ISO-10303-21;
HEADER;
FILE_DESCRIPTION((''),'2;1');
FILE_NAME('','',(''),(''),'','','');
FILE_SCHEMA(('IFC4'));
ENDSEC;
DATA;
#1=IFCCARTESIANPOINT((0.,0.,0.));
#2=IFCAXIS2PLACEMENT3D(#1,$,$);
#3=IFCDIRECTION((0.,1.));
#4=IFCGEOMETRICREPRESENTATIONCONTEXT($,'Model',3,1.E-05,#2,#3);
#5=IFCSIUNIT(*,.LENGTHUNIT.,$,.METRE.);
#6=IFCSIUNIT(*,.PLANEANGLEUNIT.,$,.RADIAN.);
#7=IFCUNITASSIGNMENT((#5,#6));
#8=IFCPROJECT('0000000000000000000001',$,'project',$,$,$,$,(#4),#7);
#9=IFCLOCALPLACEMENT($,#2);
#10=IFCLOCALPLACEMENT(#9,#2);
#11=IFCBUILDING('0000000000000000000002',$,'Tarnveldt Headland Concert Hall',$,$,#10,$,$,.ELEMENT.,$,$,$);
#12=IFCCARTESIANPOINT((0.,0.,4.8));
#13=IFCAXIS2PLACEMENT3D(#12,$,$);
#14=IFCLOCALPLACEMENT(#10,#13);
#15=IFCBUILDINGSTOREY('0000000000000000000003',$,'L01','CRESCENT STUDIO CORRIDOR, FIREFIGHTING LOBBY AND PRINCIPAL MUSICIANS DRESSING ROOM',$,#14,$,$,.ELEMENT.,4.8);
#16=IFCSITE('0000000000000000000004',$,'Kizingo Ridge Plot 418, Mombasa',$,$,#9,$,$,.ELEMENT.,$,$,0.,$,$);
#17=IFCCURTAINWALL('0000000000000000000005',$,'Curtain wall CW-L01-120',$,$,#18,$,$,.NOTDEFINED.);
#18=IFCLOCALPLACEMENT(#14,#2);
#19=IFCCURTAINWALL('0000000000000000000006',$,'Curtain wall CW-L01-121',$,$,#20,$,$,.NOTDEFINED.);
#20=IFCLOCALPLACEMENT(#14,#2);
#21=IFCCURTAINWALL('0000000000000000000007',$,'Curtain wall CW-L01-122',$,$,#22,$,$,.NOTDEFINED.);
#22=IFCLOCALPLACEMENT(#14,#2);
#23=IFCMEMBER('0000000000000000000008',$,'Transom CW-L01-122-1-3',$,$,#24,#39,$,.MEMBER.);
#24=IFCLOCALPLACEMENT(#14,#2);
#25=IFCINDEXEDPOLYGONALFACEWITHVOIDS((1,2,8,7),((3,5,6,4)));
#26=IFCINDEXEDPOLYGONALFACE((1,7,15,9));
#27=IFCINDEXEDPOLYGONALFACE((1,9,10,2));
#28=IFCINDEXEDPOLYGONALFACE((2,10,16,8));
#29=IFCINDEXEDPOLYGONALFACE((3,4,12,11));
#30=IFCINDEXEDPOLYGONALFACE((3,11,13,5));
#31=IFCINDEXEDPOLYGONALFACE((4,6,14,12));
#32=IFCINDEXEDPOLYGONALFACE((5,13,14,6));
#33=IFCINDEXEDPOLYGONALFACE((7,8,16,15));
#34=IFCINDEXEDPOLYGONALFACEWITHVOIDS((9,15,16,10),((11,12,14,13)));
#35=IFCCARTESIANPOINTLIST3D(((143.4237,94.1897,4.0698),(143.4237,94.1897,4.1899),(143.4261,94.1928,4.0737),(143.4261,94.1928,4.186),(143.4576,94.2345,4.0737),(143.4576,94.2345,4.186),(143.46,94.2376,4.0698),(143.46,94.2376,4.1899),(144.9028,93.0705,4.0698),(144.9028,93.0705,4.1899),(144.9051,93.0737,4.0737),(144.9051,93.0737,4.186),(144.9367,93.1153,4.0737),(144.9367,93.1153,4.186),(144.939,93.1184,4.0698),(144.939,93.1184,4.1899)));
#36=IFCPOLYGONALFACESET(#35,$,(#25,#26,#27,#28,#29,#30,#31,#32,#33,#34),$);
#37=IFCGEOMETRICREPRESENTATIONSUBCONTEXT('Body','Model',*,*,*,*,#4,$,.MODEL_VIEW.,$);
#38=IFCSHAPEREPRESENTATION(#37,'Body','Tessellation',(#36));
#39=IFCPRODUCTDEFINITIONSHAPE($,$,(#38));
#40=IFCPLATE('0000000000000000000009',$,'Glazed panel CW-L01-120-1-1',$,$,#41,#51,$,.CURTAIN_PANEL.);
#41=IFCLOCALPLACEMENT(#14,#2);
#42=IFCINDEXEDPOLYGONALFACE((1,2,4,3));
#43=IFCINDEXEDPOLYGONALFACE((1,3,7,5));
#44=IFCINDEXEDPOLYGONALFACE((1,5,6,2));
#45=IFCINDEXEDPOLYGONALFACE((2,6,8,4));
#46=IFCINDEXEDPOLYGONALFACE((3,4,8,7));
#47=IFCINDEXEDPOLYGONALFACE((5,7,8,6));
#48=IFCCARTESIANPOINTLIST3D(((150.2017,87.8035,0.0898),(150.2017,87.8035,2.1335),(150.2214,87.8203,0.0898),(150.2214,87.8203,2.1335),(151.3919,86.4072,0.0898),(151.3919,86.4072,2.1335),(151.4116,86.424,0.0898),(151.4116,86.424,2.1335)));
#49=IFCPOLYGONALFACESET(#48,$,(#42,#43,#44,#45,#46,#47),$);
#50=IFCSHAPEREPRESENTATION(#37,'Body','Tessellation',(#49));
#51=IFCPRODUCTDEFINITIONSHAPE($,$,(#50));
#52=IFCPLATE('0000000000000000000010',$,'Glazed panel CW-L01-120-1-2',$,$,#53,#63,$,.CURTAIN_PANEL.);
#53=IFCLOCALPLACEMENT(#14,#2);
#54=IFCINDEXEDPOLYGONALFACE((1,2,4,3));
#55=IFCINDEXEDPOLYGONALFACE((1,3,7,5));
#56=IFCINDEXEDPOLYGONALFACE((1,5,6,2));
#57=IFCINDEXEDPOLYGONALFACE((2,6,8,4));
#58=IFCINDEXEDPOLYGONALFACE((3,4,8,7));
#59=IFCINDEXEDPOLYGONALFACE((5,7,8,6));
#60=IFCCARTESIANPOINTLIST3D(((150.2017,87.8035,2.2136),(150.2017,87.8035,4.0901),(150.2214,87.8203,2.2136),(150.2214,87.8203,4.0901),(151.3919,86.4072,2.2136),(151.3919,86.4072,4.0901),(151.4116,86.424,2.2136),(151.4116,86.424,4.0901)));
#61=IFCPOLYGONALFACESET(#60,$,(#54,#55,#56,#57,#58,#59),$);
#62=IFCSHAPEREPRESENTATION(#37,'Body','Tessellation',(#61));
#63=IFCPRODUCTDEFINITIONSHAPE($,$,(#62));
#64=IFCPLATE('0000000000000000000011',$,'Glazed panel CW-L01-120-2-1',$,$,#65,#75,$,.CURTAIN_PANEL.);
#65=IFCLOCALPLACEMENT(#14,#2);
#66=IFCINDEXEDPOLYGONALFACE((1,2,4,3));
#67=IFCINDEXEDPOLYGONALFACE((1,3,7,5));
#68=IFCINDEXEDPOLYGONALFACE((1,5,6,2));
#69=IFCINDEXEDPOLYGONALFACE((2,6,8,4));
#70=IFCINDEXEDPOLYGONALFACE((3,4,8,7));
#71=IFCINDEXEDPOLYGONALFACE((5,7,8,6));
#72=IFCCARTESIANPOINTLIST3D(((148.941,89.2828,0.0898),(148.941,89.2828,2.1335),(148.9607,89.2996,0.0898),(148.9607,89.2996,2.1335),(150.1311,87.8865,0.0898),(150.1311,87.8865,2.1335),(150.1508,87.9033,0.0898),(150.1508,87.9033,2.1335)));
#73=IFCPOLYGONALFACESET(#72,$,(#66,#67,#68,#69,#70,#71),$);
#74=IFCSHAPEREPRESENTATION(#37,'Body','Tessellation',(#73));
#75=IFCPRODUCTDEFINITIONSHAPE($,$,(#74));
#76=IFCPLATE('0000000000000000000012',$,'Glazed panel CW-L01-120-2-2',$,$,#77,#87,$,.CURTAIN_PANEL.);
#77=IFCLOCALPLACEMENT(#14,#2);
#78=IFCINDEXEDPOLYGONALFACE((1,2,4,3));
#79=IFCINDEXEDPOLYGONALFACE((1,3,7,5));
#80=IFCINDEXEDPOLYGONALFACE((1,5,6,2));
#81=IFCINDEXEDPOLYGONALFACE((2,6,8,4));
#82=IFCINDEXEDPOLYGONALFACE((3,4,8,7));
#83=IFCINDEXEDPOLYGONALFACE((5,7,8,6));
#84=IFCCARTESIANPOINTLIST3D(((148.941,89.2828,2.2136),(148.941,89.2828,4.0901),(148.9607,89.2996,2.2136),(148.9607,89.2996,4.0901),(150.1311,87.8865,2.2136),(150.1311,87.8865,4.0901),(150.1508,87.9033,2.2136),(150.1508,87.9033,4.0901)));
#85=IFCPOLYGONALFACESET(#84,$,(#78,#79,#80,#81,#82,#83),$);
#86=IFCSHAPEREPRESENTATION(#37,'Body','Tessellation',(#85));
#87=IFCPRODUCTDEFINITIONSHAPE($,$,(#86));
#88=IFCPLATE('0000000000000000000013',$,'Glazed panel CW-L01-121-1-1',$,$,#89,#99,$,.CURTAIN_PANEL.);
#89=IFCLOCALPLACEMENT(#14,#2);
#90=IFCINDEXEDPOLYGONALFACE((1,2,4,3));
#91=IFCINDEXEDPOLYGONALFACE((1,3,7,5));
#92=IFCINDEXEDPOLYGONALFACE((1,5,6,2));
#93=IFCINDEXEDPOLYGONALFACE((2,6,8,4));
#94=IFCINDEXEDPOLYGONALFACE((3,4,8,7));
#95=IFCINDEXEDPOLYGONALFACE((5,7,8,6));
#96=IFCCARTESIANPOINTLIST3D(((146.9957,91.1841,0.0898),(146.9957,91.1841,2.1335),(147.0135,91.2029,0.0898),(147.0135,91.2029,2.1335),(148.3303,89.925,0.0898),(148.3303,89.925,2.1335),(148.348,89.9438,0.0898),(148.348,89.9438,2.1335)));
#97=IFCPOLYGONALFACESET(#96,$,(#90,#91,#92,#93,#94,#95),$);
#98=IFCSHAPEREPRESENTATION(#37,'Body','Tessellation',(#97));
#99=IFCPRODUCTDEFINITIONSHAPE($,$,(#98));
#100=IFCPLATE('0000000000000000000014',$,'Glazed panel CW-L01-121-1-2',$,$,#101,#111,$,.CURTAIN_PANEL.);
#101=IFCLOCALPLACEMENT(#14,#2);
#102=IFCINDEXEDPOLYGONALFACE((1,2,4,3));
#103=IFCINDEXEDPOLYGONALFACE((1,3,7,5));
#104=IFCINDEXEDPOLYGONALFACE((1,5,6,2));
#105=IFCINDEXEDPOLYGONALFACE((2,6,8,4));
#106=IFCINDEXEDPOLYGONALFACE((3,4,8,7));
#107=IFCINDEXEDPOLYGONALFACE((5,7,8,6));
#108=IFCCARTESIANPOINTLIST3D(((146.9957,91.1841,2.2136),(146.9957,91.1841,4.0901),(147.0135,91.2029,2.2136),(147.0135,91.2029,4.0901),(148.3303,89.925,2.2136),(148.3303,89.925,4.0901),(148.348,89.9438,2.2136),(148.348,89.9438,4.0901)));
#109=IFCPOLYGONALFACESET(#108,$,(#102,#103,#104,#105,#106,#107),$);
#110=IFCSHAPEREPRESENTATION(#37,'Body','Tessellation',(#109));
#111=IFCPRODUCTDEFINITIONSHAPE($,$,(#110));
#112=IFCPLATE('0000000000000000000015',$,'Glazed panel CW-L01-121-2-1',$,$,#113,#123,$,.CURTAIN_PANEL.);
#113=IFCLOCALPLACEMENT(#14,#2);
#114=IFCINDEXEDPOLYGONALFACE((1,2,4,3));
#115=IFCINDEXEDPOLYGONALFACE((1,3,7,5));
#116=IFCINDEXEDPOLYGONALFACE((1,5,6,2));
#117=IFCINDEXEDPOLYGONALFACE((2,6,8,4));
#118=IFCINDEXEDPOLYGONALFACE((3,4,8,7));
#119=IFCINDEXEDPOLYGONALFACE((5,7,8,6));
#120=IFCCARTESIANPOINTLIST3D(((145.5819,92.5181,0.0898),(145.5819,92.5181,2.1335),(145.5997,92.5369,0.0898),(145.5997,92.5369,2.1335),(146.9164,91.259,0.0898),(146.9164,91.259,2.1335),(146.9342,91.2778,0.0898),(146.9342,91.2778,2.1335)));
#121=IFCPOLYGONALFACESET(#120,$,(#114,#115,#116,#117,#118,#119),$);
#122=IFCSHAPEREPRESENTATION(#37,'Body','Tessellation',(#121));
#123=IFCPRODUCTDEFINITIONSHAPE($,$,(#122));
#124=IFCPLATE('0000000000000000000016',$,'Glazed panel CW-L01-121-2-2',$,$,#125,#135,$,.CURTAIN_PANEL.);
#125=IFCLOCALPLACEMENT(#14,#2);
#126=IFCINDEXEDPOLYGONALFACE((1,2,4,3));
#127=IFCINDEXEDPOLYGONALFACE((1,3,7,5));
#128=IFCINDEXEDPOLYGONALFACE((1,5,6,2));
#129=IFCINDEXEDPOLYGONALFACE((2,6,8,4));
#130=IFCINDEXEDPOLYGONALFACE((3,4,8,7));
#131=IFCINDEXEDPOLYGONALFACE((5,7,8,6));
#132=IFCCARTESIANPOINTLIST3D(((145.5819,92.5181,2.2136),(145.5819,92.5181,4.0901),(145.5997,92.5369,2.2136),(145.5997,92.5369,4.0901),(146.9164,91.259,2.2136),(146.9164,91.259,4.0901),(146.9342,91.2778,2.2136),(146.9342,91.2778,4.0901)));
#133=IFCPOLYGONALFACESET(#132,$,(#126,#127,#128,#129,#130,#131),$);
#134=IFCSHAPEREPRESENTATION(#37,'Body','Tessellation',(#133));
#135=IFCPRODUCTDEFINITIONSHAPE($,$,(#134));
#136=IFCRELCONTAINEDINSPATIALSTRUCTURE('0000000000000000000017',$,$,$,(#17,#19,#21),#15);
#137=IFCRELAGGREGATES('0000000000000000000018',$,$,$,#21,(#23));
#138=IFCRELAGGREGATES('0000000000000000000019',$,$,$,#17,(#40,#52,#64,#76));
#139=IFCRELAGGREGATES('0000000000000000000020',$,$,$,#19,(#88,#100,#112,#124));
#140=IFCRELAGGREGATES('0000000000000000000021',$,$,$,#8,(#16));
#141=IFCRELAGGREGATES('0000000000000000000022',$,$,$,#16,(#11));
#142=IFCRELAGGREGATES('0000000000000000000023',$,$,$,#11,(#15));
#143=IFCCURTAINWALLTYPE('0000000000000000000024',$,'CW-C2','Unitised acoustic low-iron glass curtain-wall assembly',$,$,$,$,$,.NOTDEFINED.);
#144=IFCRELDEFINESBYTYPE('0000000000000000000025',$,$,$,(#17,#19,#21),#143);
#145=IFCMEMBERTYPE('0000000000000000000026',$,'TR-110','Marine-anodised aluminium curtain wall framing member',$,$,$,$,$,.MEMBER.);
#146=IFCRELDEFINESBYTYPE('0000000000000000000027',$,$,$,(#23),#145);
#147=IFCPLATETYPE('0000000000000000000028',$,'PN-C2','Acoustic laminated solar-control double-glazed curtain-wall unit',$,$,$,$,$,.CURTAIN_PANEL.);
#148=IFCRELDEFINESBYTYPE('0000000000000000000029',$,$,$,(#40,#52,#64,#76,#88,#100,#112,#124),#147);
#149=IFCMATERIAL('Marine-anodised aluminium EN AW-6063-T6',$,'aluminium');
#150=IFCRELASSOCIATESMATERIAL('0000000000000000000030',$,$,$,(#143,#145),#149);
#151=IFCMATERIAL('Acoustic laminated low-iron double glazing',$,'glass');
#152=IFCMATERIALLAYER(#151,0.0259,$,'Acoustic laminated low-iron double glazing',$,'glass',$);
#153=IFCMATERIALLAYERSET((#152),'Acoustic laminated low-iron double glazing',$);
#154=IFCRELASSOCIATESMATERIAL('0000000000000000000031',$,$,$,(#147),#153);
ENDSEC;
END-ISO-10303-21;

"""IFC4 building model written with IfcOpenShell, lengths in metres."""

from ifc_helpers import new_model, si_unit, direction, frame, origin, origin_2d, place, context, subcontext, project, spatial, rectangle, hollow_rectangle, extrude, material, layer, layer_set, material_profile, profile_set, type_object, element, aggregate, save


model = new_model("IFC4")

# Units and contexts
model_context = context("Model", 3, precision=1e-05, world=origin(), true_north=direction((0.0, 1.0)))
body_context = subcontext(model_context, "Body", "Model", "MODEL_VIEW")
ifc_project = project(units=[si_unit("LENGTHUNIT", "METRE"), si_unit("PLANEANGLEUNIT", "RADIAN")], contexts=[model_context])

# Site, building, storey
site_placement = place(None, origin())
site = spatial("IfcSite", under=ifc_project, at=site_placement, Name="Kizingo Ridge Plot 418, Mombasa", CompositionType="ELEMENT", RefElevation=0.0)
building_placement = place(site_placement, origin())
building = spatial("IfcBuilding", under=site, at=building_placement, Name="Tarnveldt Headland Concert Hall", CompositionType="ELEMENT")
storey_placement = place(building_placement, frame((0.0, 0.0, 4.8)))
storey = spatial("IfcBuildingStorey", under=building, at=storey_placement, Name="L01", Description="CRESCENT STUDIO CORRIDOR, FIREFIGHTING LOBBY AND PRINCIPAL MUSICIANS DRESSING ROOM", CompositionType="ELEMENT", Elevation=4.8)

# Curtain walls
ifc_material_1 = material(Name="Marine-anodised aluminium EN AW-6063-T6", Category="aluminium")
curtain_wall_type = type_object("IfcCurtainWallType", Name="CW-C2", Description="Unitised acoustic low-iron glass curtain-wall assembly", PredefinedType="NOTDEFINED", material=ifc_material_1)
curtain_wall_1_placement = place(storey_placement, origin())
curtain_wall_1 = element("IfcCurtainWall", 1, at=curtain_wall_1_placement, inside=storey, type_object=curtain_wall_type, Name="Curtain wall CW-L01-120", PredefinedType="NOTDEFINED")
curtain_wall_2_placement = place(storey_placement, origin())
curtain_wall_2 = element("IfcCurtainWall", 2, at=curtain_wall_2_placement, inside=storey, type_object=curtain_wall_type, Name="Curtain wall CW-L01-121", PredefinedType="NOTDEFINED")

# Curtain wall
curtain_wall_3_placement = place(storey_placement, origin())
curtain_wall_3 = element("IfcCurtainWall", 3, at=curtain_wall_3_placement, inside=storey, type_object=curtain_wall_type, Name="Curtain wall CW-L01-122", PredefinedType="NOTDEFINED")

# Member
ifc_material_profile_1 = material_profile(ifc_material_1, hollow_rectangle(XDim=0.0601, YDim=0.1201, WallThickness=0.0039, at=origin_2d()), Name="ALU TRANSOM 60x120x4", Category="aluminium")
ifc_profile_set_1 = profile_set([ifc_material_profile_1], Name="Marine-anodised aluminium EN AW-6063-T6")
member_type_1 = type_object("IfcMemberType", Name="TR-110", Description="Marine-anodised aluminium curtain wall framing member", PredefinedType="MEMBER", material=ifc_profile_set_1)
member_1_placement = place(storey_placement, frame((144.9209, 93.0945, 4.1299), z_axis=(-0.797434, 0.603406, 0.0), x_axis=(-0.603406, -0.797434, 0.0)))
member_1 = element("IfcMember", 4, at=member_1_placement, type_object=member_type_1, Name="Transom CW-L01-122-1-3", PredefinedType="MEMBER", context=body_context, shape_type="SweptSolid", body=[
    extrude(hollow_rectangle(XDim=0.0601, YDim=0.1201, WallThickness=0.0039, at=origin_2d()), origin(), (0.0, 0.0, 1.0), 1.8547),
])
aggregate(curtain_wall_3, [member_1])

# Plates
ifc_material_2 = material(Name="Acoustic laminated low-iron double glazing", Category="glass")
ifc_layer = layer(ifc_material_2, 0.0259, Name="Acoustic laminated low-iron double glazing", Category="glass")
ifc_layer_set = layer_set([ifc_layer], Name="Acoustic laminated low-iron double glazing")
plate_type = type_object("IfcPlateType", Name="PN-C2", Description="Acoustic laminated solar-control double-glazed curtain-wall unit", PredefinedType="CURTAIN_PANEL", material=ifc_layer_set)
plate_1_placement = place(storey_placement, frame((150.8066, 87.1138, 0.0898), z_axis=(0.0, 0.0, 1.0), x_axis=(-0.648705, 0.76104, 0.0)))
plate_1 = element("IfcPlate", 5, at=plate_1_placement, type_object=plate_type, Name="Glazed panel CW-L01-120-1-1", PredefinedType="CURTAIN_PANEL", context=body_context, shape_type="SweptSolid", body=[
    extrude(rectangle(XDim=1.8347, YDim=0.0259, at=origin_2d()), origin(), (0.0, 0.0, 1.0), 2.0437),
])
plate_2_placement = place(storey_placement, frame((150.8066, 87.1138, 2.2136), z_axis=(0.0, 0.0, 1.0), x_axis=(-0.648705, 0.76104, 0.0)))
plate_2 = element("IfcPlate", 6, at=plate_2_placement, type_object=plate_type, Name="Glazed panel CW-L01-120-1-2", PredefinedType="CURTAIN_PANEL", context=body_context, shape_type="SweptSolid", body=[
    extrude(rectangle(XDim=1.8347, YDim=0.0259, at=origin_2d()), origin(), (0.0, 0.0, 1.0), 1.8765),
])
plate_3_placement = place(storey_placement, frame((149.5459, 88.593, 0.0898), z_axis=(0.0, 0.0, 1.0), x_axis=(-0.648705, 0.76104, 0.0)))
plate_3 = element("IfcPlate", 7, at=plate_3_placement, type_object=plate_type, Name="Glazed panel CW-L01-120-2-1", PredefinedType="CURTAIN_PANEL", context=body_context, shape_type="SweptSolid", body=[
    extrude(rectangle(XDim=1.8347, YDim=0.0259, at=origin_2d()), origin(), (0.0, 0.0, 1.0), 2.0437),
])
plate_4_placement = place(storey_placement, frame((149.5459, 88.593, 2.2136), z_axis=(0.0, 0.0, 1.0), x_axis=(-0.648705, 0.76104, 0.0)))
plate_4 = element("IfcPlate", 8, at=plate_4_placement, type_object=plate_type, Name="Glazed panel CW-L01-120-2-2", PredefinedType="CURTAIN_PANEL", context=body_context, shape_type="SweptSolid", body=[
    extrude(rectangle(XDim=1.8347, YDim=0.0259, at=origin_2d()), origin(), (0.0, 0.0, 1.0), 1.8765),
])
aggregate(curtain_wall_1, [plate_1, plate_2, plate_3, plate_4])
plate_5_placement = place(storey_placement, frame((147.6719, 90.564, 0.0898), z_axis=(0.0, 0.0, 1.0), x_axis=(-0.727366, 0.68625, 0.0)))
plate_5 = element("IfcPlate", 9, at=plate_5_placement, type_object=plate_type, Name="Glazed panel CW-L01-121-1-1", PredefinedType="CURTAIN_PANEL", context=body_context, shape_type="SweptSolid", body=[
    extrude(rectangle(XDim=1.8347, YDim=0.0259, at=origin_2d()), origin(), (0.0, 0.0, 1.0), 2.0437),
])
plate_6_placement = place(storey_placement, frame((147.6719, 90.564, 2.2136), z_axis=(0.0, 0.0, 1.0), x_axis=(-0.727366, 0.68625, 0.0)))
plate_6 = element("IfcPlate", 10, at=plate_6_placement, type_object=plate_type, Name="Glazed panel CW-L01-121-1-2", PredefinedType="CURTAIN_PANEL", context=body_context, shape_type="SweptSolid", body=[
    extrude(rectangle(XDim=1.8347, YDim=0.0259, at=origin_2d()), origin(), (0.0, 0.0, 1.0), 1.8765),
])
plate_7_placement = place(storey_placement, frame((146.2581, 91.8979, 0.0898), z_axis=(0.0, 0.0, 1.0), x_axis=(-0.727366, 0.68625, 0.0)))
plate_7 = element("IfcPlate", 11, at=plate_7_placement, type_object=plate_type, Name="Glazed panel CW-L01-121-2-1", PredefinedType="CURTAIN_PANEL", context=body_context, shape_type="SweptSolid", body=[
    extrude(rectangle(XDim=1.8347, YDim=0.0259, at=origin_2d()), origin(), (0.0, 0.0, 1.0), 2.0437),
])
plate_8_placement = place(storey_placement, frame((146.2581, 91.8979, 2.2136), z_axis=(0.0, 0.0, 1.0), x_axis=(-0.727366, 0.68625, 0.0)))
plate_8 = element("IfcPlate", 12, at=plate_8_placement, type_object=plate_type, Name="Glazed panel CW-L01-121-2-2", PredefinedType="CURTAIN_PANEL", context=body_context, shape_type="SweptSolid", body=[
    extrude(rectangle(XDim=1.8347, YDim=0.0259, at=origin_2d()), origin(), (0.0, 0.0, 1.0), 1.8765),
])
aggregate(curtain_wall_2, [plate_5, plate_6, plate_7, plate_8])

save(model, "model.ifc")
